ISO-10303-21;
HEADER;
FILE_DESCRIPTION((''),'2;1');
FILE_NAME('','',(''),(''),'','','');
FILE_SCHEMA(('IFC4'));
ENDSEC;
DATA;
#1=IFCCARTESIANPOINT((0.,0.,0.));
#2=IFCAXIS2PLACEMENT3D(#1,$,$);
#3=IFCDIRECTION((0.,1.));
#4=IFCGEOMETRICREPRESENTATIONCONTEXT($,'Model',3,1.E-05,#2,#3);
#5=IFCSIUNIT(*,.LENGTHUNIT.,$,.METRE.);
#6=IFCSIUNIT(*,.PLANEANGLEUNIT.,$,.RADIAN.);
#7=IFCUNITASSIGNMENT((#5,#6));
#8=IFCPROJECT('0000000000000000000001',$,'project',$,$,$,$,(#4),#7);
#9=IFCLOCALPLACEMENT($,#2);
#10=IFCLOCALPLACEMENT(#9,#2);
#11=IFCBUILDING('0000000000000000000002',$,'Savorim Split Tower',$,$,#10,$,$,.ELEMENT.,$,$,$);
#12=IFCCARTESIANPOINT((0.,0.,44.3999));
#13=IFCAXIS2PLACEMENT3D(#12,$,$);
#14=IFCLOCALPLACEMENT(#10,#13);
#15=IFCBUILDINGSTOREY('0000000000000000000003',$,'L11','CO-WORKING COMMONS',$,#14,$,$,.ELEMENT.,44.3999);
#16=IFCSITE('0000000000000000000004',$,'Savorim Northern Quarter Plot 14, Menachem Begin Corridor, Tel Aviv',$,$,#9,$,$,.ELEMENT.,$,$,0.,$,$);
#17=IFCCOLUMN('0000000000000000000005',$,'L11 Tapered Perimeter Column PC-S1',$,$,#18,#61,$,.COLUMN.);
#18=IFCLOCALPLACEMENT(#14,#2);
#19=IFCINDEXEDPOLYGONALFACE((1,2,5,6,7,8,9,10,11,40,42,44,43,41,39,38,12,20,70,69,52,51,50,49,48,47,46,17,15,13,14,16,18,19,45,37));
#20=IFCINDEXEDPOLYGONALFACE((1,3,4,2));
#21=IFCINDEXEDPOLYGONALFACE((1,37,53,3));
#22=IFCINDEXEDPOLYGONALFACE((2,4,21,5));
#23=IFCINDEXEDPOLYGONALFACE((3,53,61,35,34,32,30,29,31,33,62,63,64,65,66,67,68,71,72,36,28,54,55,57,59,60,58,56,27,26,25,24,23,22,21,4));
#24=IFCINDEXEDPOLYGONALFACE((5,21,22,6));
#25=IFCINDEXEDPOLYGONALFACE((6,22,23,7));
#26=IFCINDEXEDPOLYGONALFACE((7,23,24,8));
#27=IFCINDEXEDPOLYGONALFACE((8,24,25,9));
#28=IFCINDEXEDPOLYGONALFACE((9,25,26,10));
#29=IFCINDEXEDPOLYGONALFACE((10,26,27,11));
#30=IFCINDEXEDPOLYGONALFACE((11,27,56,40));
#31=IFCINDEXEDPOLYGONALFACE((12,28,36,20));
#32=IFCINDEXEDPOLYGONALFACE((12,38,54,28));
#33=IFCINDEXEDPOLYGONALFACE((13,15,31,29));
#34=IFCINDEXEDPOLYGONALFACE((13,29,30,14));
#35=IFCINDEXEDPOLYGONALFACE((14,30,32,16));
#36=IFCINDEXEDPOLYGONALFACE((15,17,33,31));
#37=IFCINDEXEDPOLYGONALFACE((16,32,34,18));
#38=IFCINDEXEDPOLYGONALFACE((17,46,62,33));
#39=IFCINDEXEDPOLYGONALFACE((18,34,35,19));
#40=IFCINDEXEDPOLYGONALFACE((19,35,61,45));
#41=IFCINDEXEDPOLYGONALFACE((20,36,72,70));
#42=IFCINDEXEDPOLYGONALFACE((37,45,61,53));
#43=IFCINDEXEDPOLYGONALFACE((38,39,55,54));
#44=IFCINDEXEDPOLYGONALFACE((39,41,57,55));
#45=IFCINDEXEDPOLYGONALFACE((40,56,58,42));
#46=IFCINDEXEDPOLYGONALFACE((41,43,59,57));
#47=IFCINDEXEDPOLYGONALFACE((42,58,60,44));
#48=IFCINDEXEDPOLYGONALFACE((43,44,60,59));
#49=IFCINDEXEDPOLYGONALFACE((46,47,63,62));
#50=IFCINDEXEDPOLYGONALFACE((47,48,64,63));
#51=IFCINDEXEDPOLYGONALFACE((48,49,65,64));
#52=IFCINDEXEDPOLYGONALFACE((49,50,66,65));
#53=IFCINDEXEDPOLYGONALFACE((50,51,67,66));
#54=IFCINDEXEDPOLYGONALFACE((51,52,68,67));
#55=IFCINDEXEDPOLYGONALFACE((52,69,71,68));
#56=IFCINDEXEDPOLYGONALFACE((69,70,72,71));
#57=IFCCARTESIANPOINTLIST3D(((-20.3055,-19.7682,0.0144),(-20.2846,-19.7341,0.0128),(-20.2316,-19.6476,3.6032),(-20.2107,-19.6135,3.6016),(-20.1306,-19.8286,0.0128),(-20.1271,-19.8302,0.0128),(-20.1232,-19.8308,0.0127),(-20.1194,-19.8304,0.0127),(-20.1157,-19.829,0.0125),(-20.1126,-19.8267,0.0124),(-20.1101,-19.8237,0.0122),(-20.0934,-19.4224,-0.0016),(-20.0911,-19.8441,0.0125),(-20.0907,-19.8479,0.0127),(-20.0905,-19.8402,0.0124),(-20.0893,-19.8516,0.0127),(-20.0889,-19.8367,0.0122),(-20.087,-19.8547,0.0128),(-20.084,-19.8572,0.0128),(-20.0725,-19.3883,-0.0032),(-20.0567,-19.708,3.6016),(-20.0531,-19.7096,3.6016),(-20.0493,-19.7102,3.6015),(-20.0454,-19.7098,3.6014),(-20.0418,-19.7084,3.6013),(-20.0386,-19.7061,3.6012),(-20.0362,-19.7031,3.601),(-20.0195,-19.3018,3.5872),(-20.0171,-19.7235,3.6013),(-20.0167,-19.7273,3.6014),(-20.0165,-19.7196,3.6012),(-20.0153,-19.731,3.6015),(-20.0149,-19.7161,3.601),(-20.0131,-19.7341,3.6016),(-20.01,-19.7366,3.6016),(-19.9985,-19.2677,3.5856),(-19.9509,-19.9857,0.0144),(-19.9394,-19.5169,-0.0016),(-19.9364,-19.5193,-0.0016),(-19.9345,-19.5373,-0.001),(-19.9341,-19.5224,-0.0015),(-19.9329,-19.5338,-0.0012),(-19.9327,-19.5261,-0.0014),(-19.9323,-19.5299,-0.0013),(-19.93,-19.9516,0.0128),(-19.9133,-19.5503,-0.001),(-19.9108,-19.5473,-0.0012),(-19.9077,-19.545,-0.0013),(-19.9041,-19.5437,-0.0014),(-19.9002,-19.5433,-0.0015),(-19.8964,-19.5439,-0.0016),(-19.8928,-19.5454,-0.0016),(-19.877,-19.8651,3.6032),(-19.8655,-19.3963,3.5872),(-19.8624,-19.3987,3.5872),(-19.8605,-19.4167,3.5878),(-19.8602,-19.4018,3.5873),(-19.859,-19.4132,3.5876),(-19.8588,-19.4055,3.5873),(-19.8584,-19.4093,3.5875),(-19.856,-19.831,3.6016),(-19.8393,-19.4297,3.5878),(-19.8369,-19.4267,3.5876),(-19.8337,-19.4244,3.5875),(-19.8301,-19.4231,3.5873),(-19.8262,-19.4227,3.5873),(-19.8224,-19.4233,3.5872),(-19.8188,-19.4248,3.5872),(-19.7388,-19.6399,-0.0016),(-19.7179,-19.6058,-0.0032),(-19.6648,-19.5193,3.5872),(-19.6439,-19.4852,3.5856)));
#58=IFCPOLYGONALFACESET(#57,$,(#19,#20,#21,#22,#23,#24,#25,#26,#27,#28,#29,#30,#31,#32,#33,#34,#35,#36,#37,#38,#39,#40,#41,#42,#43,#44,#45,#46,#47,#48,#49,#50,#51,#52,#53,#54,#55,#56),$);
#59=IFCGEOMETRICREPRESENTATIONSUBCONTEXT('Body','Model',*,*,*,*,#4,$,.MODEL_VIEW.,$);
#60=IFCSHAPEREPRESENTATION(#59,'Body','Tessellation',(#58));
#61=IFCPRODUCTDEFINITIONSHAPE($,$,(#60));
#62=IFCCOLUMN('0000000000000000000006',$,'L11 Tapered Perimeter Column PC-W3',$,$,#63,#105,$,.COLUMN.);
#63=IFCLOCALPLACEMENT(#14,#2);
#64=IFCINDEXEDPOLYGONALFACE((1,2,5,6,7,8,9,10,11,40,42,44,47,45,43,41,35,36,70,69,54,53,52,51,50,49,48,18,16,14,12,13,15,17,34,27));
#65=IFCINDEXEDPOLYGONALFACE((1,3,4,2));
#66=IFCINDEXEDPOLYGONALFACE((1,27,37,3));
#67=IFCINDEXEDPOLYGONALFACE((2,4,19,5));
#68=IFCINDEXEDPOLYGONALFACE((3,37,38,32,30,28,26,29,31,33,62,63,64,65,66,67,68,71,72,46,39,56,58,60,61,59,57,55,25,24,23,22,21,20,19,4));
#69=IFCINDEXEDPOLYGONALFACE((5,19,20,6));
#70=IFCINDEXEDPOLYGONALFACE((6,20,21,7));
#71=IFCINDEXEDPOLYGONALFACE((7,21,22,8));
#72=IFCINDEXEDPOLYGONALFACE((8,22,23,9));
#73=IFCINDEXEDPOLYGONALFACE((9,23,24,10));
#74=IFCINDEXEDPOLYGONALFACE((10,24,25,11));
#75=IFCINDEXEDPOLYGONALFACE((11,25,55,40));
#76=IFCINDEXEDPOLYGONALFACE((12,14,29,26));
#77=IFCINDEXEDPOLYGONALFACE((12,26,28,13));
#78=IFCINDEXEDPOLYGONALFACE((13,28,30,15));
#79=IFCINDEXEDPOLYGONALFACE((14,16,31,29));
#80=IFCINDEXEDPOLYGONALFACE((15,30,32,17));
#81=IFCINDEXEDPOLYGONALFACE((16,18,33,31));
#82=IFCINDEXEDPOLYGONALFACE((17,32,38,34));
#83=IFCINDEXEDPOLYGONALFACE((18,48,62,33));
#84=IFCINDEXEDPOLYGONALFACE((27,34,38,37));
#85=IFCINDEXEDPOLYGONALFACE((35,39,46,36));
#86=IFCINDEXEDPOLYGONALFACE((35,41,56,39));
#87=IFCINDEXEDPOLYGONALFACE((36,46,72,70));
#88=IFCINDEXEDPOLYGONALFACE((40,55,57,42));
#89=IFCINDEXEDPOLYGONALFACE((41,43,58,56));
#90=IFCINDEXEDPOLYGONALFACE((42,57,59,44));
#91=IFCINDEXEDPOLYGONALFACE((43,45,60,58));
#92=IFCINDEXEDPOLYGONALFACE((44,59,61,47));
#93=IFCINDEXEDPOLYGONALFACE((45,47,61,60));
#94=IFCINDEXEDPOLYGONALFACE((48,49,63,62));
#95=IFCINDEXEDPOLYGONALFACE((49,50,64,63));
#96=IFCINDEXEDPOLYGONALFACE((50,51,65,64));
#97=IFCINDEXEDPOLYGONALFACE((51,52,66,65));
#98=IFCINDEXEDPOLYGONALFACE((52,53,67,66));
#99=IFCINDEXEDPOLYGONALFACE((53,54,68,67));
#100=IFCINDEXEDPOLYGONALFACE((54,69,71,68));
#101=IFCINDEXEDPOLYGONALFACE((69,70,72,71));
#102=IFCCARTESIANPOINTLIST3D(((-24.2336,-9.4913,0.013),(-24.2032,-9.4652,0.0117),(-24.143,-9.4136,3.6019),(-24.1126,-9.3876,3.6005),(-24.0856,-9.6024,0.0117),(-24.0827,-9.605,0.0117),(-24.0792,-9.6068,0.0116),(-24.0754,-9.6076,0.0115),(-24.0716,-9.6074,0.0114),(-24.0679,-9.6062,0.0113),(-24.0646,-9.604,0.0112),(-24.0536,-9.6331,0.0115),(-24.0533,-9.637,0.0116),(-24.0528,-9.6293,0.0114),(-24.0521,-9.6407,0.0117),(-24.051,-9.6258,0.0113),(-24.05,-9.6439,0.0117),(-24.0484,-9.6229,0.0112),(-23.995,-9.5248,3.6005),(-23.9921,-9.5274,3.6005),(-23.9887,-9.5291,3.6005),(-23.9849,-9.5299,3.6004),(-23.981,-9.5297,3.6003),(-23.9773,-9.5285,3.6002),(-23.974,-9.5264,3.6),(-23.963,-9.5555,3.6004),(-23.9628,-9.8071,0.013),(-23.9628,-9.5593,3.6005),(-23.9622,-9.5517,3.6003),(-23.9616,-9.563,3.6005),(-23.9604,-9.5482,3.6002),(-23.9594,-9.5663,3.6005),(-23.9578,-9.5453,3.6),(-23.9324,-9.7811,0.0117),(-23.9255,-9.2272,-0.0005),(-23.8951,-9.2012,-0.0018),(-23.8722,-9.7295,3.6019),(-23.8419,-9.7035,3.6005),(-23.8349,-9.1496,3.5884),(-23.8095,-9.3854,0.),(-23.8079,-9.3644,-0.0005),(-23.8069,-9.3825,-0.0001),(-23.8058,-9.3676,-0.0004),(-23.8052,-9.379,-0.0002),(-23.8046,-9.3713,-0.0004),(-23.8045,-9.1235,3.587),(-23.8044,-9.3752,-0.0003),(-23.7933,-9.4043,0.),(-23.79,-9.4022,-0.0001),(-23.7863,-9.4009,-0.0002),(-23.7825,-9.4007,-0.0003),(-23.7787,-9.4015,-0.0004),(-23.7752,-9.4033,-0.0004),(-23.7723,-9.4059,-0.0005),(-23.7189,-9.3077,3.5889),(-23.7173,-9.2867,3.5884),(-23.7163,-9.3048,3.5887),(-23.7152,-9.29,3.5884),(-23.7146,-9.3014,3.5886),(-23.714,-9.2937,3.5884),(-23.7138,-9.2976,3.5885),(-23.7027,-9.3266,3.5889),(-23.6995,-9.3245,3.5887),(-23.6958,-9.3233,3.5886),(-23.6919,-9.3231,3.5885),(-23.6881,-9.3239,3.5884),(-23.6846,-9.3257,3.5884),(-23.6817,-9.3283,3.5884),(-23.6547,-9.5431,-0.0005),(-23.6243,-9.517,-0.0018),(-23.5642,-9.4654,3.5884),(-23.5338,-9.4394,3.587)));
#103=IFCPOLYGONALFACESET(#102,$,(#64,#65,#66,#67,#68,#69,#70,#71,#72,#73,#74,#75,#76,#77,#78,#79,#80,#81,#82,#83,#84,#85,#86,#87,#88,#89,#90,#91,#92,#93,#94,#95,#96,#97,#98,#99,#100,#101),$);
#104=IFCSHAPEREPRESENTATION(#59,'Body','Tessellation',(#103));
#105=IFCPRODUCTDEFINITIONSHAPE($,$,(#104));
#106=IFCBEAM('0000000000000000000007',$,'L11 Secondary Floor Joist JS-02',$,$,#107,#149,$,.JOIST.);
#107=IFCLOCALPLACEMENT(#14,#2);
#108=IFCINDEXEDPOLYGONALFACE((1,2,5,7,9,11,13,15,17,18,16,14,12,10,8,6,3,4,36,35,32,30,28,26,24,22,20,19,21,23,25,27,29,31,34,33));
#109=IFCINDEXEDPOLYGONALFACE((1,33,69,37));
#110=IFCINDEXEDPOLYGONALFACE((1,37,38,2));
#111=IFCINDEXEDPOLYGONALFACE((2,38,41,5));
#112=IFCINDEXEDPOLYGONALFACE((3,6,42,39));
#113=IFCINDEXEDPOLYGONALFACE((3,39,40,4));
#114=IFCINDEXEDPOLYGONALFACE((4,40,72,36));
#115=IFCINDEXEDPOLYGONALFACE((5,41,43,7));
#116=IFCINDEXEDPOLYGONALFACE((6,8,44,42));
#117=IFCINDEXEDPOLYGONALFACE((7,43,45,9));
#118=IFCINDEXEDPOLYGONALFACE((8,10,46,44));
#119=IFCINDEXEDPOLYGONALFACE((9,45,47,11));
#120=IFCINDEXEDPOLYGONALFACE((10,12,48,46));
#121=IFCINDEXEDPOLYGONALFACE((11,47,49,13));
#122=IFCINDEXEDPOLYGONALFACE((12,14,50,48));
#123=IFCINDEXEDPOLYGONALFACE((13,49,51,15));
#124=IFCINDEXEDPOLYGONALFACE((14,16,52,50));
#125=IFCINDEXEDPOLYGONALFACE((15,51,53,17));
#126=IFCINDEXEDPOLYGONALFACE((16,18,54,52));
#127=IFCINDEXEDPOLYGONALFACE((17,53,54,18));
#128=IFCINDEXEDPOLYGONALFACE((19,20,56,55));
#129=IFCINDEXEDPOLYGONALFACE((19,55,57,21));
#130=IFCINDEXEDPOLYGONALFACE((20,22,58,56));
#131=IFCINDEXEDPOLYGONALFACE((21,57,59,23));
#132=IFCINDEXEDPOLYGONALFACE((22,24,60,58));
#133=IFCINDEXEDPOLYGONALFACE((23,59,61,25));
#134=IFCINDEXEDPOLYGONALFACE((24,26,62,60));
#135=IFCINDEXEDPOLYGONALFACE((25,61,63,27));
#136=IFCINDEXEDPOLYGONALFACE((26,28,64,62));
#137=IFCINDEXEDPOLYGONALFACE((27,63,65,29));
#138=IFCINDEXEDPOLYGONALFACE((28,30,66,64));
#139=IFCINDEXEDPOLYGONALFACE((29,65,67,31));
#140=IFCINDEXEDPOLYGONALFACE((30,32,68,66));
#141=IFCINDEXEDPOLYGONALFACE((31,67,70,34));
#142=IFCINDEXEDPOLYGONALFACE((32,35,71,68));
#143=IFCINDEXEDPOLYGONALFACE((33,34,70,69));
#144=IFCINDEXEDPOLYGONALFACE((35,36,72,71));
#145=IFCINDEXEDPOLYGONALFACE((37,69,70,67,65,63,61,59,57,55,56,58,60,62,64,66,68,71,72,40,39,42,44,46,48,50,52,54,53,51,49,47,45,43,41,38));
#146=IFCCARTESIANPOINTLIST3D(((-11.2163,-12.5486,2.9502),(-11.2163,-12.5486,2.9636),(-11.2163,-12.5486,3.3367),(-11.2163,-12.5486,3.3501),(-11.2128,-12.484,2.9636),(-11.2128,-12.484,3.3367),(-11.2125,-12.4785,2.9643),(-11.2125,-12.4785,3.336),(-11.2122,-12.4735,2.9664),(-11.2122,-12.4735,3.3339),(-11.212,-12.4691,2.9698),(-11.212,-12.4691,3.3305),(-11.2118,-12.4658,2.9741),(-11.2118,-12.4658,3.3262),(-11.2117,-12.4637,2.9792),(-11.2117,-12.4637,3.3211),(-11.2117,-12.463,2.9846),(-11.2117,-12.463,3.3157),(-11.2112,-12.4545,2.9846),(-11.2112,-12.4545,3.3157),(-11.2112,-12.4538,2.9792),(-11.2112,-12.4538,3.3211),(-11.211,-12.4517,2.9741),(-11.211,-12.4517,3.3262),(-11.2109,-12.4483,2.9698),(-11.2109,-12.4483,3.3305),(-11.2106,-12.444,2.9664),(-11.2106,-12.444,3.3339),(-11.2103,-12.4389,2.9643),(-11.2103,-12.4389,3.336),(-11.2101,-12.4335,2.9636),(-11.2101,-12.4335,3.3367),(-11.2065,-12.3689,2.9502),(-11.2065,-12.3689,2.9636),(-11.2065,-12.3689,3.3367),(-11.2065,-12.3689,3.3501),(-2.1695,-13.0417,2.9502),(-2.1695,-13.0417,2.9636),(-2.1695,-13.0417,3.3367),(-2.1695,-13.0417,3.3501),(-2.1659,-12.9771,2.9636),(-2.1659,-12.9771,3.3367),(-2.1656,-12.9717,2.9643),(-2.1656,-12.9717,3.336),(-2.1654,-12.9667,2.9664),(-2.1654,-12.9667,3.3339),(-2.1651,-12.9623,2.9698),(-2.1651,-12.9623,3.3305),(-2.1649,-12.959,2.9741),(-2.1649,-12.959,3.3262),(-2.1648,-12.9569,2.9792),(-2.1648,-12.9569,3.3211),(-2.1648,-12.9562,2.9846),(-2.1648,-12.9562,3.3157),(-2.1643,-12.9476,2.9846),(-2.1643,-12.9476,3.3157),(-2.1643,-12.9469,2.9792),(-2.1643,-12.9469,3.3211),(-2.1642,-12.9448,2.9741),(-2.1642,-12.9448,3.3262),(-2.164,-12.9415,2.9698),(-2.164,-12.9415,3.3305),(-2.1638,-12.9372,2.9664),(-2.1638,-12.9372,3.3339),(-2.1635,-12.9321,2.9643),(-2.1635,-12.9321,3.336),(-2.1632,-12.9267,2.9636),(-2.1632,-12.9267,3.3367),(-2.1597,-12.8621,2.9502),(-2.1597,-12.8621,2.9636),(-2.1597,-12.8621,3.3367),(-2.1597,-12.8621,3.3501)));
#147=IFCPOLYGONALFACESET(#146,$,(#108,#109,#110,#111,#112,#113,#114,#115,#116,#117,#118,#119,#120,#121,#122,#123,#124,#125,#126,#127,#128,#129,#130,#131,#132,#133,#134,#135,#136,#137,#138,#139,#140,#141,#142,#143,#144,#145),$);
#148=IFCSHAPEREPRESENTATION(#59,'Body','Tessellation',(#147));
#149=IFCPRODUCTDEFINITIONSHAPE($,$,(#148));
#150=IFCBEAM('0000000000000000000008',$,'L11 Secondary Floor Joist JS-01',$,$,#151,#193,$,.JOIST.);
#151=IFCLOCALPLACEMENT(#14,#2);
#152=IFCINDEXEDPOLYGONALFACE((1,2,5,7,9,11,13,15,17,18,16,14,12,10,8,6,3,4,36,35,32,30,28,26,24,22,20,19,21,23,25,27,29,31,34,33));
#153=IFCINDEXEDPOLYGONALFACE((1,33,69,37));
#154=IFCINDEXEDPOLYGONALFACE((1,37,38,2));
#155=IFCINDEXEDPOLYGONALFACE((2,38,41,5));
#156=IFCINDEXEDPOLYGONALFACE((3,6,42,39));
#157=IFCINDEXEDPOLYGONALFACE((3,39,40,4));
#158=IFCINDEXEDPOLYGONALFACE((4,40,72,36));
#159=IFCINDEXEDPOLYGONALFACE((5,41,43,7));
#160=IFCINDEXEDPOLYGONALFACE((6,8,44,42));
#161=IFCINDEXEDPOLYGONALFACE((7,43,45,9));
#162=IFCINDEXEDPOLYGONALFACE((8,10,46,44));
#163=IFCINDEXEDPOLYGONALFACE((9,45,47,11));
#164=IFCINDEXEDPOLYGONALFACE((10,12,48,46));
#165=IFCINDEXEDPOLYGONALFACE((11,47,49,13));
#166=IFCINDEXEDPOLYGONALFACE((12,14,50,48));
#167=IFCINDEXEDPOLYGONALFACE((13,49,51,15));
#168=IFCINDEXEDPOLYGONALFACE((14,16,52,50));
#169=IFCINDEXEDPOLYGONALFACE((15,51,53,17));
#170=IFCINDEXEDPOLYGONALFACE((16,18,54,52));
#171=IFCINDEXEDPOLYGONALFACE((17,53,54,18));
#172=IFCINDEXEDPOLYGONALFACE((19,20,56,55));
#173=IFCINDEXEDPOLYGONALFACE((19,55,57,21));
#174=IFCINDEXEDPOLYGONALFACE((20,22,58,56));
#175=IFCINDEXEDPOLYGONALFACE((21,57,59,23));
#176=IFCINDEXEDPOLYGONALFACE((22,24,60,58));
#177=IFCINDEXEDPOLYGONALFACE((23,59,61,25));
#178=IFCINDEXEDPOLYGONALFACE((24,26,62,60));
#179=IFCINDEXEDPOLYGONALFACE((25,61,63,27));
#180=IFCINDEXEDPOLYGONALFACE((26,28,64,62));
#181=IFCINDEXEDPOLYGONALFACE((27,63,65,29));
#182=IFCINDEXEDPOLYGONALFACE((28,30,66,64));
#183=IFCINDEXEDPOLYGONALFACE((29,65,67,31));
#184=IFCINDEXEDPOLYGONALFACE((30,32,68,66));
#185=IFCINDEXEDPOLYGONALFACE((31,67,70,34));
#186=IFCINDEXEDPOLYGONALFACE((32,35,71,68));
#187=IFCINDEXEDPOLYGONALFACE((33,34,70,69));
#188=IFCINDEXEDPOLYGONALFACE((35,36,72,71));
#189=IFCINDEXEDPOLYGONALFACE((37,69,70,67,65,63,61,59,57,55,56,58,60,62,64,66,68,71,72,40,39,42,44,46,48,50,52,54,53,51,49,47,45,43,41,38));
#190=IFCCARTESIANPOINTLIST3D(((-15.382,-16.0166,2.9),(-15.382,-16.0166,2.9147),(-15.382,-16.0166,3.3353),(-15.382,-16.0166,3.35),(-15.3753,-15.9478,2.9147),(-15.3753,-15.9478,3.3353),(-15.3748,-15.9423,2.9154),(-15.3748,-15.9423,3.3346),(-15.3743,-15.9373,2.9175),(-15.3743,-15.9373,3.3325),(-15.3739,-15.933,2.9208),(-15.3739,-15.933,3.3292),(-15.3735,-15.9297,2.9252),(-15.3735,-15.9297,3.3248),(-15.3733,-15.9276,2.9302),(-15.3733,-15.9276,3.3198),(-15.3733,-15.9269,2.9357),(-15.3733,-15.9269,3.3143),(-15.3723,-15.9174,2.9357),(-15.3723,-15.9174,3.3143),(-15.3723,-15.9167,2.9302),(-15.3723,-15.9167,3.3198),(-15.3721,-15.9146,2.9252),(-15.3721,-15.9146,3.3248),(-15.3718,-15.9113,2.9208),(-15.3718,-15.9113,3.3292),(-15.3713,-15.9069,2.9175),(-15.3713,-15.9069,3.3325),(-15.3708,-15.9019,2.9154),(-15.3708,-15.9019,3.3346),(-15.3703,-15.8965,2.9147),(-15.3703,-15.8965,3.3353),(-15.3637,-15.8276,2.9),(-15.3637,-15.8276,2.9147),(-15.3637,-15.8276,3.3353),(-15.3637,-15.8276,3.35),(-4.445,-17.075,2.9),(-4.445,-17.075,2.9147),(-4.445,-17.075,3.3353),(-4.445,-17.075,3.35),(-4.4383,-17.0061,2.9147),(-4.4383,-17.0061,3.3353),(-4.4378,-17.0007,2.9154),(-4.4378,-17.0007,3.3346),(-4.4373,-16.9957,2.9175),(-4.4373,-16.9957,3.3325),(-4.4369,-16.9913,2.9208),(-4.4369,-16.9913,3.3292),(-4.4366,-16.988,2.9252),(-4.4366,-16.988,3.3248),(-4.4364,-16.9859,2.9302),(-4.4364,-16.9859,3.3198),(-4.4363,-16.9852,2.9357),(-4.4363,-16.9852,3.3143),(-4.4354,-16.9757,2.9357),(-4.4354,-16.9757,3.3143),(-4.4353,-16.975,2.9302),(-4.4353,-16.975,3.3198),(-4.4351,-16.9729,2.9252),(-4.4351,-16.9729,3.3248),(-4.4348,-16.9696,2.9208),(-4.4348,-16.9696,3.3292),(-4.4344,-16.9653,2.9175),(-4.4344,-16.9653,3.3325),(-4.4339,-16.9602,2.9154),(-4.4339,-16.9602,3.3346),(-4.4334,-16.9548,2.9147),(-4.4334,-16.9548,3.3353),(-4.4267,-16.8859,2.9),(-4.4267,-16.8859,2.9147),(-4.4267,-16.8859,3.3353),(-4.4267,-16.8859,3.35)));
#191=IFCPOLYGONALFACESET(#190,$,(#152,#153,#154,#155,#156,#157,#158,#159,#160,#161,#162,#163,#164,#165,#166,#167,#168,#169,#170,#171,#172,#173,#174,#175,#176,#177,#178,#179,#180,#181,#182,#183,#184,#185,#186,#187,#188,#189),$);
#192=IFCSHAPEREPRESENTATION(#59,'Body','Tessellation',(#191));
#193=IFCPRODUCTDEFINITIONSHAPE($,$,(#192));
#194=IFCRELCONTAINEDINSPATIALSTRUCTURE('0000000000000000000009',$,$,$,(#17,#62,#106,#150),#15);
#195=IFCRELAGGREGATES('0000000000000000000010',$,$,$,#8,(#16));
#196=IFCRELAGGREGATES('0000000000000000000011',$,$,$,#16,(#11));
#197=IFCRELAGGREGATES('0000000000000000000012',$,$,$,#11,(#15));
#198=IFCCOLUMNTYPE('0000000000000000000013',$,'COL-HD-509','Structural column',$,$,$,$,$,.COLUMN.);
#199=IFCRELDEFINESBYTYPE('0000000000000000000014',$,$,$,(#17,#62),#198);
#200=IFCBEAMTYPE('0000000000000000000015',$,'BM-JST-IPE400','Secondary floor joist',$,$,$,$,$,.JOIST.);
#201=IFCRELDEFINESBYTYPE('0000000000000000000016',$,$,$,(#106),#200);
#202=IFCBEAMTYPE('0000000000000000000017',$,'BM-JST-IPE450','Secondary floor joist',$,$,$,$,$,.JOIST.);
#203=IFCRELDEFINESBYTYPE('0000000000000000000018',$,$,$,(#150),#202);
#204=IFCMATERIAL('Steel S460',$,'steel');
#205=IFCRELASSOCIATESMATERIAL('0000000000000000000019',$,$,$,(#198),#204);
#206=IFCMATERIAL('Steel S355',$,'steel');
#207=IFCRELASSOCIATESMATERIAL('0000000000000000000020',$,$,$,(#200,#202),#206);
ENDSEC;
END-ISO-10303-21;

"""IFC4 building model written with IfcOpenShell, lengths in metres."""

from ifc_helpers import new_model, si_unit, direction, frame, origin, origin_2d, place, context, subcontext, project, spatial, i_section, extrude, material, material_profile, profile_set, type_object, element, save


model = new_model("IFC4")

# Units and contexts
model_context = context("Model", 3, precision=1e-05, world=origin(), true_north=direction((0.0, 1.0)))
body_context = subcontext(model_context, "Body", "Model", "MODEL_VIEW")
ifc_project = project(units=[si_unit("LENGTHUNIT", "METRE"), si_unit("PLANEANGLEUNIT", "RADIAN")], contexts=[model_context])

# Site, building, storey
site_placement = place(None, origin())
site = spatial("IfcSite", under=ifc_project, at=site_placement, Name="Savorim Northern Quarter Plot 14, Menachem Begin Corridor, Tel Aviv", CompositionType="ELEMENT", RefElevation=0.0)
building_placement = place(site_placement, origin())
building = spatial("IfcBuilding", under=site, at=building_placement, Name="Savorim Split Tower", CompositionType="ELEMENT")
storey_placement = place(building_placement, frame((0.0, 0.0, 44.3999)))
storey = spatial("IfcBuildingStorey", under=building, at=storey_placement, Name="L11", Description="CO-WORKING COMMONS", CompositionType="ELEMENT", Elevation=44.3999)

# Columns
ifc_material_1 = material(Name="Steel S460", Category="steel")
ifc_material_profile_1 = material_profile(ifc_material_1, i_section(OverallWidth=0.416, OverallDepth=0.446, WebThickness=0.0249, FlangeThickness=0.04, FilletRadius=0.0149, at=origin_2d()), Name="HD 400x509")
ifc_profile_set_1 = profile_set([ifc_material_profile_1], Name="Steel S460")
column_type = type_object("IfcColumnType", Name="COL-HD-509", Description="Structural column", PredefinedType="COLUMN", material=ifc_profile_set_1)
column_1_placement = place(storey_placement, frame((-20.0117, -19.687, 0.0056), z_axis=(0.020596, 0.033579, 0.999224), x_axis=(-0.852428, 0.522845, 0.0)))
element("IfcColumn", 1, at=column_1_placement, inside=storey, type_object=column_type, Name="L11 Tapered Perimeter Column PC-S1", PredefinedType="COLUMN", context=body_context, shape_type="SweptSolid", body=[
    extrude(i_section(OverallWidth=0.416, OverallDepth=0.446, WebThickness=0.0249, FlangeThickness=0.04, FilletRadius=0.0149, at=origin_2d()), origin(), (0.0, 0.0, 1.0), 3.5916),
])
column_2_placement = place(storey_placement, frame((-23.929, -9.5042, 0.0056), z_axis=(0.025224, 0.021621, 0.999448), x_axis=(-0.650791, 0.759257, 0.0)))
element("IfcColumn", 2, at=column_2_placement, inside=storey, type_object=column_type, Name="L11 Tapered Perimeter Column PC-W3", PredefinedType="COLUMN", context=body_context, shape_type="SweptSolid", body=[
    extrude(i_section(OverallWidth=0.416, OverallDepth=0.446, WebThickness=0.0249, FlangeThickness=0.04, FilletRadius=0.0149, at=origin_2d()), origin(), (0.0, 0.0, 1.0), 3.5908),
])

# Beams
ifc_material_2 = material(Name="Steel S355", Category="steel")
ifc_material_profile_2 = material_profile(ifc_material_2, i_section(OverallWidth=0.1799, OverallDepth=0.3999, WebThickness=0.0085, FlangeThickness=0.0134, FilletRadius=0.021, at=origin_2d()), Name="IPE 400")
ifc_profile_set_2 = profile_set([ifc_material_profile_2], Name="Steel S355")
beam_type_1 = type_object("IfcBeamType", Name="BM-JST-IPE400", Description="Secondary floor joist", PredefinedType="JOIST", material=ifc_profile_set_2)
beam_1_placement = place(storey_placement, frame((-11.2114, -12.4587, 3.1501), z_axis=(0.998518, -0.054431, 0.0), x_axis=(0.054431, 0.998518, 0.0)))
element("IfcBeam", 3, at=beam_1_placement, inside=storey, type_object=beam_type_1, Name="L11 Secondary Floor Joist JS-02", PredefinedType="JOIST", context=body_context, shape_type="SweptSolid", body=[
    extrude(i_section(OverallWidth=0.1799, OverallDepth=0.3999, WebThickness=0.0085, FlangeThickness=0.0134, FilletRadius=0.021, at=origin_2d()), origin(), (0.0, 0.0, 1.0), 9.0603),
])
ifc_material_profile_3 = material_profile(ifc_material_2, i_section(OverallWidth=0.1899, OverallDepth=0.45, WebThickness=0.0095, FlangeThickness=0.0146, FilletRadius=0.021, at=origin_2d()), Name="IPE 450")
ifc_profile_set_3 = profile_set([ifc_material_profile_3], Name="Steel S355")
beam_type_2 = type_object("IfcBeamType", Name="BM-JST-IPE450", Description="Secondary floor joist", PredefinedType="JOIST", material=ifc_profile_set_3)
beam_2_placement = place(storey_placement, frame((-15.3728, -15.9221, 3.125), z_axis=(0.995351, -0.096318, 0.0), x_axis=(0.096318, 0.995351, 0.0)))
element("IfcBeam", 4, at=beam_2_placement, inside=storey, type_object=beam_type_2, Name="L11 Secondary Floor Joist JS-01", PredefinedType="JOIST", context=body_context, shape_type="SweptSolid", body=[
    extrude(i_section(OverallWidth=0.1899, OverallDepth=0.45, WebThickness=0.0095, FlangeThickness=0.0146, FilletRadius=0.021, at=origin_2d()), origin(), (0.0, 0.0, 1.0), 10.988),
])

save(model, "model.ifc")
